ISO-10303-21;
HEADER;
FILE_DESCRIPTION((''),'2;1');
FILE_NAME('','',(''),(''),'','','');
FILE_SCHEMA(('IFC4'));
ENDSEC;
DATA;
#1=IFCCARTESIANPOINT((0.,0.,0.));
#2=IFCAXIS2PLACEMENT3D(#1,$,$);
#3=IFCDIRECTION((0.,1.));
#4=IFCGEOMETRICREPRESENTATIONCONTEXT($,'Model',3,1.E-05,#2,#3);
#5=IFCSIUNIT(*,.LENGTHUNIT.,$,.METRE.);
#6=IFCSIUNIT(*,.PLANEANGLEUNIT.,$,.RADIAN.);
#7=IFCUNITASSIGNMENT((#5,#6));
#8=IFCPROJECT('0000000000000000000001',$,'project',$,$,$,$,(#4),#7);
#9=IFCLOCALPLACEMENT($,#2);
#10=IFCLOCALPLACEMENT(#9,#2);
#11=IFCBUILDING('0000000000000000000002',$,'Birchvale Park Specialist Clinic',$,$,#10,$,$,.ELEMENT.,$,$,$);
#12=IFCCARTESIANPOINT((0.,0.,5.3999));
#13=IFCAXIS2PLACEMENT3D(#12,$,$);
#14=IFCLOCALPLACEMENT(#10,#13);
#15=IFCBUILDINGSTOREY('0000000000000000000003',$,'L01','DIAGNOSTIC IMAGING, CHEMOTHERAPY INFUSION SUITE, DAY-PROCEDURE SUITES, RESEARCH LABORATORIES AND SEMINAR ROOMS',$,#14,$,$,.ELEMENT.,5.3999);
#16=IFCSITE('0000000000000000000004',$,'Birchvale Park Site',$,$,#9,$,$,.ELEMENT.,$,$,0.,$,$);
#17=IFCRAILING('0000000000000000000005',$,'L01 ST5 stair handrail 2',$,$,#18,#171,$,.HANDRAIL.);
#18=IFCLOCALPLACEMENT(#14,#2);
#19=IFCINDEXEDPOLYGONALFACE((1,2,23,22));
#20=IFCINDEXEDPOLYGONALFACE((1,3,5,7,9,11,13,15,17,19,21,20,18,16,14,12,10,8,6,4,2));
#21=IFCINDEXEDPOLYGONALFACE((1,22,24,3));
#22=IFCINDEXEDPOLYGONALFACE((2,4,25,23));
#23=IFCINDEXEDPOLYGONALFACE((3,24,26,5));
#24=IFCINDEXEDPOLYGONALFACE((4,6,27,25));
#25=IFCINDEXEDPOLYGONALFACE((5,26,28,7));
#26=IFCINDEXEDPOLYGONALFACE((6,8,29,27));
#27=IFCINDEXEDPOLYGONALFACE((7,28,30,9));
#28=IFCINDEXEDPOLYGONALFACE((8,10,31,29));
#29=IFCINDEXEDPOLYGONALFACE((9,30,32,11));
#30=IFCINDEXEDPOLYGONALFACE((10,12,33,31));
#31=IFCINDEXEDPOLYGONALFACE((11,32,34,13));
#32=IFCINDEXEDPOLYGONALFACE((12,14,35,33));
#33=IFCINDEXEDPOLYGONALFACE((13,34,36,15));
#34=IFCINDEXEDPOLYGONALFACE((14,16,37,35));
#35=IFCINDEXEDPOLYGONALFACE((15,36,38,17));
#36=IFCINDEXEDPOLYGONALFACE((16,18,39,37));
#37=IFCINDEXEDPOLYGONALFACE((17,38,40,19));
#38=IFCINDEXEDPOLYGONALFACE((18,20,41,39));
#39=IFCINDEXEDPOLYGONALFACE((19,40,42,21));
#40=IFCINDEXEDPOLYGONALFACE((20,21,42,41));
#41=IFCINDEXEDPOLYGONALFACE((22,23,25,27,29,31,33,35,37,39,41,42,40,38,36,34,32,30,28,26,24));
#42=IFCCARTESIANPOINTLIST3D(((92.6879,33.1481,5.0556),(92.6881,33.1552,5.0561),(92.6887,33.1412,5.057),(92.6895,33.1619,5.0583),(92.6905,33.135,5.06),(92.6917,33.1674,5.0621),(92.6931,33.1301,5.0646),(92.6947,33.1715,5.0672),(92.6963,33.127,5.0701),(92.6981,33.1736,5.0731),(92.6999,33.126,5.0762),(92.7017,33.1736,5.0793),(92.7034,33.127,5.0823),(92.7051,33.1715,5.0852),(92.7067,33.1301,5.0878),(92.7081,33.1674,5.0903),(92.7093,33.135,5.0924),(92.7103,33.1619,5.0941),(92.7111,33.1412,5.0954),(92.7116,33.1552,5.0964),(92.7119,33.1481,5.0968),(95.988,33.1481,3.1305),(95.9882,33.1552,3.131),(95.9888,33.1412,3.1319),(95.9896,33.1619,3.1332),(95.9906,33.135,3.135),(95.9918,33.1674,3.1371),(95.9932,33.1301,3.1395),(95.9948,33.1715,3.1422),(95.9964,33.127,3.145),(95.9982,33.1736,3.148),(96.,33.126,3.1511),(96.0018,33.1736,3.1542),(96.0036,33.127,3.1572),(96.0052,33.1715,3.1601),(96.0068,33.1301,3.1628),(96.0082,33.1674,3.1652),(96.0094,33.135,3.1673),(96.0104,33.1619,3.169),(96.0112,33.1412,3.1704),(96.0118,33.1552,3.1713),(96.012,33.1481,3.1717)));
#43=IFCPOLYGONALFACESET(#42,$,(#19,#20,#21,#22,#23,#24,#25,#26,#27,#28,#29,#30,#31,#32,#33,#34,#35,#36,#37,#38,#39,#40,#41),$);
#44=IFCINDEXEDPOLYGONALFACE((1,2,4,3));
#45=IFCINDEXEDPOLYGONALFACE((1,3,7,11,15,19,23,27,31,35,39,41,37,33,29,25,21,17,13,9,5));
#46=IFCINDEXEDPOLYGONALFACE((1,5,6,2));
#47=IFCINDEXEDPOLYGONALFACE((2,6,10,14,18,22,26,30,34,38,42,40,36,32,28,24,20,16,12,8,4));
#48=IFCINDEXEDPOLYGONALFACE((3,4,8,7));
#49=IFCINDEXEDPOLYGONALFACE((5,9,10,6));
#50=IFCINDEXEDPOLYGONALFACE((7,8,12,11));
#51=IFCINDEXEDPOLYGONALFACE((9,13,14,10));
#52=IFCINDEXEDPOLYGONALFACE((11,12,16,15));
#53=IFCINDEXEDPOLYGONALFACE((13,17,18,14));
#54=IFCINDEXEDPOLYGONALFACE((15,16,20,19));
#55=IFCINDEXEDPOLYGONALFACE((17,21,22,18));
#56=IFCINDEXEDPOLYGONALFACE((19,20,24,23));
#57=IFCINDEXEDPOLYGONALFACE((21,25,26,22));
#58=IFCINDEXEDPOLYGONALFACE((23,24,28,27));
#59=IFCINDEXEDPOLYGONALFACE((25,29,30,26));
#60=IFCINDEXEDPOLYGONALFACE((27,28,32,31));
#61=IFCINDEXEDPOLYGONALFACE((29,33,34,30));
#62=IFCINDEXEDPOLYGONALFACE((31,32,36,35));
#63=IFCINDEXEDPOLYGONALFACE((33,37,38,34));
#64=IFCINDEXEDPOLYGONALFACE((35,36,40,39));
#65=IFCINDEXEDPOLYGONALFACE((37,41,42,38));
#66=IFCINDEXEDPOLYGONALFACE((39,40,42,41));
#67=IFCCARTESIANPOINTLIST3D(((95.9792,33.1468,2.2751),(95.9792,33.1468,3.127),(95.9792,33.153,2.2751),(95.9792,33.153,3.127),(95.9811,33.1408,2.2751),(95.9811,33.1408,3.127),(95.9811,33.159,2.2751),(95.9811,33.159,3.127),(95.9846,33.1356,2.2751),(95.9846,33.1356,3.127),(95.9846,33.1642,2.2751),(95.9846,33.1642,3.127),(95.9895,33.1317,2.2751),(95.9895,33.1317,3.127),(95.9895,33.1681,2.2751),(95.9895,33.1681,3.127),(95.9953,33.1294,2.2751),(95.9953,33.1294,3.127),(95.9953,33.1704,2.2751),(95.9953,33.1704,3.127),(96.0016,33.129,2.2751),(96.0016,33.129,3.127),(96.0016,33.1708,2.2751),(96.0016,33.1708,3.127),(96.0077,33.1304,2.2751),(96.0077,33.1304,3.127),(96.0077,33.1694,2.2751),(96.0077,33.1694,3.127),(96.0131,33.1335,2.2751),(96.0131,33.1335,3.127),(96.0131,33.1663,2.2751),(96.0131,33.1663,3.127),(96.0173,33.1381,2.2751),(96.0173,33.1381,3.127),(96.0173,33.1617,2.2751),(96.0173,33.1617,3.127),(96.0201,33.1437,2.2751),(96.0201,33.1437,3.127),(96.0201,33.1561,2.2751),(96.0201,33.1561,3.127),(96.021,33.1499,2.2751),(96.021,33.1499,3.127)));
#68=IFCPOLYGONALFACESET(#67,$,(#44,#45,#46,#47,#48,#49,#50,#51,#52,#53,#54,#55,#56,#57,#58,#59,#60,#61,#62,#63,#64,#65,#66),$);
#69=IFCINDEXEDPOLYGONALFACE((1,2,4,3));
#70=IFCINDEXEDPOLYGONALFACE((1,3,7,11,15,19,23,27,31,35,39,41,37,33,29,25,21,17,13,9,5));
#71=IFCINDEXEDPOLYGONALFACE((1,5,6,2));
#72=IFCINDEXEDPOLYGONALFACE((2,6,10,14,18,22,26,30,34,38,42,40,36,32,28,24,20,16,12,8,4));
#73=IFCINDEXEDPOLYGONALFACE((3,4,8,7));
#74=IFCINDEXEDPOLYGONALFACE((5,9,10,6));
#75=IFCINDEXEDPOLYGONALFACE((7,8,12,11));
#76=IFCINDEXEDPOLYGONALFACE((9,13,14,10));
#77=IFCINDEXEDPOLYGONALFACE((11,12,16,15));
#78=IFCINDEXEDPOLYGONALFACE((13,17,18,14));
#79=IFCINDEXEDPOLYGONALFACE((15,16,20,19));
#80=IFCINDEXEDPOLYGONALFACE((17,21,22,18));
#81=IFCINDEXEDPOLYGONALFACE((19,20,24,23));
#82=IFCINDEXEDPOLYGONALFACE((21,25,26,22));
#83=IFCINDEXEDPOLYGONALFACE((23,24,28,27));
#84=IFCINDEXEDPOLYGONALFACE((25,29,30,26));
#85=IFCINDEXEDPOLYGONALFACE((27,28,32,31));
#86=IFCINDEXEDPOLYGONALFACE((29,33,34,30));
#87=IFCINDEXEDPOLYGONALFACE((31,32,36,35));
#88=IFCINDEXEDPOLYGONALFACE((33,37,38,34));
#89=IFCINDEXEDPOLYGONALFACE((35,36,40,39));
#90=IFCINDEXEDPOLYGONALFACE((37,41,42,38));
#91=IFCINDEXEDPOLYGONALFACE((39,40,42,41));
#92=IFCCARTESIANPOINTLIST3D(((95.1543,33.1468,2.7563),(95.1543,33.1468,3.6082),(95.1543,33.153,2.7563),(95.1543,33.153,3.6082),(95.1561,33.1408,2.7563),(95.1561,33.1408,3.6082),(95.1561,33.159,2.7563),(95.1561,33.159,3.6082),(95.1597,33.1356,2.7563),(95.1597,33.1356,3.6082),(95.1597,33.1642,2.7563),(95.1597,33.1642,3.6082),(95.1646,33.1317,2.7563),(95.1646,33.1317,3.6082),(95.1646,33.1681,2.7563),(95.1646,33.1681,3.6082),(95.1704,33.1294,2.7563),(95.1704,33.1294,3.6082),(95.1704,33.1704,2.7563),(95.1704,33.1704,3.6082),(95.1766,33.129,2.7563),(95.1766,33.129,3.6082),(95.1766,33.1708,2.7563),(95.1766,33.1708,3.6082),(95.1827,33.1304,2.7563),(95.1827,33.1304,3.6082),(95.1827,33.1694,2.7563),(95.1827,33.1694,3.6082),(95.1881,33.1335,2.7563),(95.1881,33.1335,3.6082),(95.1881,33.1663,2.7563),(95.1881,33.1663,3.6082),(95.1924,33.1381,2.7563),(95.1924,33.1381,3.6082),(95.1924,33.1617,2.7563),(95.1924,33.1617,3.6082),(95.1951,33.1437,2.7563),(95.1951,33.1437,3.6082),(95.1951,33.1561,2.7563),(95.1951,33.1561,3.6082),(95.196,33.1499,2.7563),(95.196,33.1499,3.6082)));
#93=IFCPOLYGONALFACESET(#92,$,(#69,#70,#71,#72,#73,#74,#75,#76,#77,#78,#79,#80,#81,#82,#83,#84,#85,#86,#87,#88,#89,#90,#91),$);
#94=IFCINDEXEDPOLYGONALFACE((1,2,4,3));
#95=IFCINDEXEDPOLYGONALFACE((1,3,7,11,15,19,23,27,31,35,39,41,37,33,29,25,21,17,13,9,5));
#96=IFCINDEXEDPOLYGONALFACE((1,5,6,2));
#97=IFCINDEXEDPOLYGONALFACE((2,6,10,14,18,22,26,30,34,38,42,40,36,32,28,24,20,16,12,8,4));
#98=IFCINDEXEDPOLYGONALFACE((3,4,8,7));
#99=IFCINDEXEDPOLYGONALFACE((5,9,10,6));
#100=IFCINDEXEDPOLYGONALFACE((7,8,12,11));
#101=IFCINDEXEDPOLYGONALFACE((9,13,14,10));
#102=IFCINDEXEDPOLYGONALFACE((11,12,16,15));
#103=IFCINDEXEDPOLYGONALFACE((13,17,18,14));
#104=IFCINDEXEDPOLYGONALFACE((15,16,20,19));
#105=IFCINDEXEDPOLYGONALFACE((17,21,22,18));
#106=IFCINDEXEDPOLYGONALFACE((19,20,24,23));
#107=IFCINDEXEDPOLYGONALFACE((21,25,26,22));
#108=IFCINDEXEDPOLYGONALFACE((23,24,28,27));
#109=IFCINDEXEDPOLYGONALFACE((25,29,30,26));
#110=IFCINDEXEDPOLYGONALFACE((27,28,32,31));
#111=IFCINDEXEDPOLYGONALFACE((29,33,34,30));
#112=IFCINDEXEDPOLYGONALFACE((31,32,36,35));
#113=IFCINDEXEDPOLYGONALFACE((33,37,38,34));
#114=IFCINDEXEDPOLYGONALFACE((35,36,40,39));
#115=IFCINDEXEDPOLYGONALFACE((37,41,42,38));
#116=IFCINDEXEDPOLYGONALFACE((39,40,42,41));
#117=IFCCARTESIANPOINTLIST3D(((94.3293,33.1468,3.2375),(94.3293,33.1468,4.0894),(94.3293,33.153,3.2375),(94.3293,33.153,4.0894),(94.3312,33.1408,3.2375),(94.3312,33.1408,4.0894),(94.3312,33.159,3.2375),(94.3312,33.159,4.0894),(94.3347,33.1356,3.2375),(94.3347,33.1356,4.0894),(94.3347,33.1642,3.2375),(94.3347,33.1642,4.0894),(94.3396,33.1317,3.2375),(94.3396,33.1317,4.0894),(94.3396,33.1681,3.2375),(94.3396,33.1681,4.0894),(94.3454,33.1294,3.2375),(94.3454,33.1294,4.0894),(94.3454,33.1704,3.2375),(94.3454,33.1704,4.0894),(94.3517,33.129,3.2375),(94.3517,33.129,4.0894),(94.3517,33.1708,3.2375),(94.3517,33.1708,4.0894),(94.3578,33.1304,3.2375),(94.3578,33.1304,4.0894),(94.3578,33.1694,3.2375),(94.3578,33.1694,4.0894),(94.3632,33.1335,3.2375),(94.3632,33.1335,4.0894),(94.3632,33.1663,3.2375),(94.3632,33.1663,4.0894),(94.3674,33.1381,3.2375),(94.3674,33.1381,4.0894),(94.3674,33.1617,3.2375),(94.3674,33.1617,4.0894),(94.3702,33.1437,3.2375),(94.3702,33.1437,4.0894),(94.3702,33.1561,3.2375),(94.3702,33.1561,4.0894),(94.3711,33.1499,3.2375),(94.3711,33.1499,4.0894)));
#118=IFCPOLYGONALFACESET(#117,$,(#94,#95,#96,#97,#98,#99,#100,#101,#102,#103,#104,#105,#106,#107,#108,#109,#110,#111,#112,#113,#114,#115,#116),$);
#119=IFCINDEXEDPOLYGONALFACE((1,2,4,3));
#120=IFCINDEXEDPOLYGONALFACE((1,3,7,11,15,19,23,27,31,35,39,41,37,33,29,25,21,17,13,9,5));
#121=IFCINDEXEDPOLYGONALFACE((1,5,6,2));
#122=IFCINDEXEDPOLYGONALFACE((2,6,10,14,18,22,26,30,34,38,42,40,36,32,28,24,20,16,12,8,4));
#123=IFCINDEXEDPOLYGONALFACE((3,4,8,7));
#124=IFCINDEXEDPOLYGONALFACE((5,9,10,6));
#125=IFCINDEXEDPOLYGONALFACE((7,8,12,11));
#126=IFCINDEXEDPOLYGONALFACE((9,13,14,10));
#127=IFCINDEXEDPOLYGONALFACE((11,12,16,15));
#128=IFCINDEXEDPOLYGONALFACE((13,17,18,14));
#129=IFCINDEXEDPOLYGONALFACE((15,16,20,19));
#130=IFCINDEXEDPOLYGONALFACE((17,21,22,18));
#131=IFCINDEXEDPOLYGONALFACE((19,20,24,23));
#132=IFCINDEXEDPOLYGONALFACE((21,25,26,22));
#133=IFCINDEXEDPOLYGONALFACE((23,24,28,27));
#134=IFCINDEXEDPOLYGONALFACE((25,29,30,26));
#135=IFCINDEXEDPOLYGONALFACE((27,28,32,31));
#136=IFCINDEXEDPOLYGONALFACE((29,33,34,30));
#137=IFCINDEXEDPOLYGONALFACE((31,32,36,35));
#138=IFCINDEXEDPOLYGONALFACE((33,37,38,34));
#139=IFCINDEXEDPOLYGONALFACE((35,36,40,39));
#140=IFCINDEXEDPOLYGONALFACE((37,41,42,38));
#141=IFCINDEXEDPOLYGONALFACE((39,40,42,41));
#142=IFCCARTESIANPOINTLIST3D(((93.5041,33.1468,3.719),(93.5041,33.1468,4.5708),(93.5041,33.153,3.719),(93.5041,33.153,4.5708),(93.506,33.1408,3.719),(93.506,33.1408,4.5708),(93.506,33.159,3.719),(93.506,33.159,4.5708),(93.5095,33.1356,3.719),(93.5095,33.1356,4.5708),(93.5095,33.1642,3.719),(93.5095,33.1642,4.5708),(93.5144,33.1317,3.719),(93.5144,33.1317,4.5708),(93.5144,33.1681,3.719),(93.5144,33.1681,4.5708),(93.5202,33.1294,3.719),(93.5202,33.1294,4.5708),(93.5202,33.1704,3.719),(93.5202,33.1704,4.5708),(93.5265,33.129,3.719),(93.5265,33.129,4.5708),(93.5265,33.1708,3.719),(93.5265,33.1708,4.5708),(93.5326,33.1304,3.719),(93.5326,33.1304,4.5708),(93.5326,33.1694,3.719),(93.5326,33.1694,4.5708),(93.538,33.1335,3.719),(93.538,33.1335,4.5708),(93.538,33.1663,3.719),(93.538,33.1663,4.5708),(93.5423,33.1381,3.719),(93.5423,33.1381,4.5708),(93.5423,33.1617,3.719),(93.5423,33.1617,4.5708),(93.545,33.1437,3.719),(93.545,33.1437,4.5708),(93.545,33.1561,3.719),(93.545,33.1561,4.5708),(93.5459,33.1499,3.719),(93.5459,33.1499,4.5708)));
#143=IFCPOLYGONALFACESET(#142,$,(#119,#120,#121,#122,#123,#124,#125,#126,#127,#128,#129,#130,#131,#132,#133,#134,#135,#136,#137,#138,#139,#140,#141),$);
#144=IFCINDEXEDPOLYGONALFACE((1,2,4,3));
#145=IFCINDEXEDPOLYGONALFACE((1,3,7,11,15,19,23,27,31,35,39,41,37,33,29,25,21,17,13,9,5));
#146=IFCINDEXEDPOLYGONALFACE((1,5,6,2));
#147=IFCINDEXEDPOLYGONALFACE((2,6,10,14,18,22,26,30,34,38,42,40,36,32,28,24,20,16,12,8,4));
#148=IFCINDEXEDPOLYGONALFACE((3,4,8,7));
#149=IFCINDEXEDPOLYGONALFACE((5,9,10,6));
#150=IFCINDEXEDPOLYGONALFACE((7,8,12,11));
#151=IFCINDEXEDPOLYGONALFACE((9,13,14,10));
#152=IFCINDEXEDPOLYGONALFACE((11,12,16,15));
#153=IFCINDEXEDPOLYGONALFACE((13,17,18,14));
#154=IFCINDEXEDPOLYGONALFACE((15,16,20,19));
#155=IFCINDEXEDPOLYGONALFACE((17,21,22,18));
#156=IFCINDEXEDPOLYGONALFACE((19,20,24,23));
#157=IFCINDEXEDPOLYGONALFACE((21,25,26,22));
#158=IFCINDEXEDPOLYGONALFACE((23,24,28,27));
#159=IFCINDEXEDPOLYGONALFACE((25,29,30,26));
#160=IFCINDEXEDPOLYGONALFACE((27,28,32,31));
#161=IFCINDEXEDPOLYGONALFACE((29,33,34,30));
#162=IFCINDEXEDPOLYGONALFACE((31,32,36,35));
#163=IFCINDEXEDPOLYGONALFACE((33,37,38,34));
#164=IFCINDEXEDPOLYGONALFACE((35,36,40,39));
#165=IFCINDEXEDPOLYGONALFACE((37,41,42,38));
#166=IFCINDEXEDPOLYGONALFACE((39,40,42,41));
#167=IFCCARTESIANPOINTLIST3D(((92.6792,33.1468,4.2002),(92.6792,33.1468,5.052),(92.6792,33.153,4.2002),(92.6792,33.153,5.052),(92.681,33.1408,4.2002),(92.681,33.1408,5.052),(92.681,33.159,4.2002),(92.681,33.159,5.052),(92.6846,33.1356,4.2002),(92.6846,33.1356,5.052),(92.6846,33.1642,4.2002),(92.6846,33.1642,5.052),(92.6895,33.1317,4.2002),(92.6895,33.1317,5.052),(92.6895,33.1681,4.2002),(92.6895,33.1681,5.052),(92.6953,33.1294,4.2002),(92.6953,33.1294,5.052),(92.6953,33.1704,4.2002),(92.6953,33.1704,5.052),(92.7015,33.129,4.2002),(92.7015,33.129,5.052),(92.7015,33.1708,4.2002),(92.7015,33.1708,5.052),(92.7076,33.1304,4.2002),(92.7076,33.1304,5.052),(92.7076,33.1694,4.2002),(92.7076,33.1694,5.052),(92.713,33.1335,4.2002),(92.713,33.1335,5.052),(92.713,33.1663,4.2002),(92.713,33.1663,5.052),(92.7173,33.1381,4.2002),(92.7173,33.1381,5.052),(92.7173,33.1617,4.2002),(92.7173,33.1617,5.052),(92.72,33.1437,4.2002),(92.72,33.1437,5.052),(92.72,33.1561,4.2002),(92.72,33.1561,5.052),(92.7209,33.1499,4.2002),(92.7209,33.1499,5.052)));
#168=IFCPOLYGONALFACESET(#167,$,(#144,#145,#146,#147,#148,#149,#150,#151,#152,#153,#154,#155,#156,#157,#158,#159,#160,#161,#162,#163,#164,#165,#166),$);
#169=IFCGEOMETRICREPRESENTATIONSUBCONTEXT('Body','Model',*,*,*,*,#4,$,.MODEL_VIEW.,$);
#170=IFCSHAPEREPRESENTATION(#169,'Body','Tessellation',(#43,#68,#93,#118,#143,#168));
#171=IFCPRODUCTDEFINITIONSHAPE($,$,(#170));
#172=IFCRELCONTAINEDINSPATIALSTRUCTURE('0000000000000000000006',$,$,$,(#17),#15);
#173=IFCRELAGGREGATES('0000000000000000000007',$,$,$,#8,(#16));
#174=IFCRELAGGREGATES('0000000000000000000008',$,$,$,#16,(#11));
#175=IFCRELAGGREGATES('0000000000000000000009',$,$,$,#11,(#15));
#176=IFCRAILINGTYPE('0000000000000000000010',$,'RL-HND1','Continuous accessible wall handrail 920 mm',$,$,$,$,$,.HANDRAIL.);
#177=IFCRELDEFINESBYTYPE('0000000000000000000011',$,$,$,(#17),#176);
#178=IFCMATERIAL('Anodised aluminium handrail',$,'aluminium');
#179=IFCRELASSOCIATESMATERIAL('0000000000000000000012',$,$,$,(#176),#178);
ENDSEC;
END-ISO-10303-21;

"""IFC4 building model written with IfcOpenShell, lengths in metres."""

from ifc_helpers import new_model, si_unit, direction, frame, origin, origin_2d, place, context, subcontext, project, spatial, circle, extrude, material, type_object, element, save


model = new_model("IFC4")

# Units and contexts
model_context = context("Model", 3, precision=1e-05, world=origin(), true_north=direction((0.0, 1.0)))
body_context = subcontext(model_context, "Body", "Model", "MODEL_VIEW")
ifc_project = project(units=[si_unit("LENGTHUNIT", "METRE"), si_unit("PLANEANGLEUNIT", "RADIAN")], contexts=[model_context])

# Site, building, storey
site_placement = place(None, origin())
site = spatial("IfcSite", under=ifc_project, at=site_placement, Name="Birchvale Park Site", CompositionType="ELEMENT", RefElevation=0.0)
building_placement = place(site_placement, origin())
building = spatial("IfcBuilding", under=site, at=building_placement, Name="Birchvale Park Specialist Clinic", CompositionType="ELEMENT")
storey_placement = place(building_placement, frame((0.0, 0.0, 5.3999)))
storey = spatial("IfcBuildingStorey", under=building, at=storey_placement, Name="L01", Description="DIAGNOSTIC IMAGING, CHEMOTHERAPY INFUSION SUITE, DAY-PROCEDURE SUITES, RESEARCH LABORATORIES AND SEMINAR ROOMS", CompositionType="ELEMENT", Elevation=5.3999)

# Railing
ifc_material_1 = material(Name="Anodised aluminium handrail", Category="aluminium")
railing_type = type_object("IfcRailingType", Name="RL-HND1", Description="Continuous accessible wall handrail 920 mm", PredefinedType="HANDRAIL", material=ifc_material_1)
railing_placement = place(storey_placement, frame((96.0, 33.1499, 2.2751)))
element("IfcRailing", 1, at=railing_placement, inside=storey, type_object=railing_type, Name="L01 ST5 stair handrail 2", PredefinedType="HANDRAIL", context=body_context, shape_type="SweptSolid", body=[
    extrude(circle(Radius=0.0239, at=origin_2d()), frame((0.0, 0.0, 0.876), z_axis=(-0.863777, 0.0, 0.503875), x_axis=(0.0, -1.0, 0.0)), (0.0, 0.0, 1.0), 3.8206),
    extrude(circle(Radius=0.021, at=origin_2d()), origin(), (0.0, 0.0, 1.0), 0.8518),
    extrude(circle(Radius=0.021, at=origin_2d()), frame((-0.825, 0.0, 0.4812)), (0.0, 0.0, 1.0), 0.8518),
    extrude(circle(Radius=0.021, at=origin_2d()), frame((-1.6499, 0.0, 0.9624)), (0.0, 0.0, 1.0), 0.8518),
    extrude(circle(Radius=0.021, at=origin_2d()), frame((-2.4751, 0.0, 1.4438)), (0.0, 0.0, 1.0), 0.8518),
    extrude(circle(Radius=0.021, at=origin_2d()), frame((-3.3, 0.0, 1.925)), (0.0, 0.0, 1.0), 0.8518),
])

save(model, "model.ifc")
